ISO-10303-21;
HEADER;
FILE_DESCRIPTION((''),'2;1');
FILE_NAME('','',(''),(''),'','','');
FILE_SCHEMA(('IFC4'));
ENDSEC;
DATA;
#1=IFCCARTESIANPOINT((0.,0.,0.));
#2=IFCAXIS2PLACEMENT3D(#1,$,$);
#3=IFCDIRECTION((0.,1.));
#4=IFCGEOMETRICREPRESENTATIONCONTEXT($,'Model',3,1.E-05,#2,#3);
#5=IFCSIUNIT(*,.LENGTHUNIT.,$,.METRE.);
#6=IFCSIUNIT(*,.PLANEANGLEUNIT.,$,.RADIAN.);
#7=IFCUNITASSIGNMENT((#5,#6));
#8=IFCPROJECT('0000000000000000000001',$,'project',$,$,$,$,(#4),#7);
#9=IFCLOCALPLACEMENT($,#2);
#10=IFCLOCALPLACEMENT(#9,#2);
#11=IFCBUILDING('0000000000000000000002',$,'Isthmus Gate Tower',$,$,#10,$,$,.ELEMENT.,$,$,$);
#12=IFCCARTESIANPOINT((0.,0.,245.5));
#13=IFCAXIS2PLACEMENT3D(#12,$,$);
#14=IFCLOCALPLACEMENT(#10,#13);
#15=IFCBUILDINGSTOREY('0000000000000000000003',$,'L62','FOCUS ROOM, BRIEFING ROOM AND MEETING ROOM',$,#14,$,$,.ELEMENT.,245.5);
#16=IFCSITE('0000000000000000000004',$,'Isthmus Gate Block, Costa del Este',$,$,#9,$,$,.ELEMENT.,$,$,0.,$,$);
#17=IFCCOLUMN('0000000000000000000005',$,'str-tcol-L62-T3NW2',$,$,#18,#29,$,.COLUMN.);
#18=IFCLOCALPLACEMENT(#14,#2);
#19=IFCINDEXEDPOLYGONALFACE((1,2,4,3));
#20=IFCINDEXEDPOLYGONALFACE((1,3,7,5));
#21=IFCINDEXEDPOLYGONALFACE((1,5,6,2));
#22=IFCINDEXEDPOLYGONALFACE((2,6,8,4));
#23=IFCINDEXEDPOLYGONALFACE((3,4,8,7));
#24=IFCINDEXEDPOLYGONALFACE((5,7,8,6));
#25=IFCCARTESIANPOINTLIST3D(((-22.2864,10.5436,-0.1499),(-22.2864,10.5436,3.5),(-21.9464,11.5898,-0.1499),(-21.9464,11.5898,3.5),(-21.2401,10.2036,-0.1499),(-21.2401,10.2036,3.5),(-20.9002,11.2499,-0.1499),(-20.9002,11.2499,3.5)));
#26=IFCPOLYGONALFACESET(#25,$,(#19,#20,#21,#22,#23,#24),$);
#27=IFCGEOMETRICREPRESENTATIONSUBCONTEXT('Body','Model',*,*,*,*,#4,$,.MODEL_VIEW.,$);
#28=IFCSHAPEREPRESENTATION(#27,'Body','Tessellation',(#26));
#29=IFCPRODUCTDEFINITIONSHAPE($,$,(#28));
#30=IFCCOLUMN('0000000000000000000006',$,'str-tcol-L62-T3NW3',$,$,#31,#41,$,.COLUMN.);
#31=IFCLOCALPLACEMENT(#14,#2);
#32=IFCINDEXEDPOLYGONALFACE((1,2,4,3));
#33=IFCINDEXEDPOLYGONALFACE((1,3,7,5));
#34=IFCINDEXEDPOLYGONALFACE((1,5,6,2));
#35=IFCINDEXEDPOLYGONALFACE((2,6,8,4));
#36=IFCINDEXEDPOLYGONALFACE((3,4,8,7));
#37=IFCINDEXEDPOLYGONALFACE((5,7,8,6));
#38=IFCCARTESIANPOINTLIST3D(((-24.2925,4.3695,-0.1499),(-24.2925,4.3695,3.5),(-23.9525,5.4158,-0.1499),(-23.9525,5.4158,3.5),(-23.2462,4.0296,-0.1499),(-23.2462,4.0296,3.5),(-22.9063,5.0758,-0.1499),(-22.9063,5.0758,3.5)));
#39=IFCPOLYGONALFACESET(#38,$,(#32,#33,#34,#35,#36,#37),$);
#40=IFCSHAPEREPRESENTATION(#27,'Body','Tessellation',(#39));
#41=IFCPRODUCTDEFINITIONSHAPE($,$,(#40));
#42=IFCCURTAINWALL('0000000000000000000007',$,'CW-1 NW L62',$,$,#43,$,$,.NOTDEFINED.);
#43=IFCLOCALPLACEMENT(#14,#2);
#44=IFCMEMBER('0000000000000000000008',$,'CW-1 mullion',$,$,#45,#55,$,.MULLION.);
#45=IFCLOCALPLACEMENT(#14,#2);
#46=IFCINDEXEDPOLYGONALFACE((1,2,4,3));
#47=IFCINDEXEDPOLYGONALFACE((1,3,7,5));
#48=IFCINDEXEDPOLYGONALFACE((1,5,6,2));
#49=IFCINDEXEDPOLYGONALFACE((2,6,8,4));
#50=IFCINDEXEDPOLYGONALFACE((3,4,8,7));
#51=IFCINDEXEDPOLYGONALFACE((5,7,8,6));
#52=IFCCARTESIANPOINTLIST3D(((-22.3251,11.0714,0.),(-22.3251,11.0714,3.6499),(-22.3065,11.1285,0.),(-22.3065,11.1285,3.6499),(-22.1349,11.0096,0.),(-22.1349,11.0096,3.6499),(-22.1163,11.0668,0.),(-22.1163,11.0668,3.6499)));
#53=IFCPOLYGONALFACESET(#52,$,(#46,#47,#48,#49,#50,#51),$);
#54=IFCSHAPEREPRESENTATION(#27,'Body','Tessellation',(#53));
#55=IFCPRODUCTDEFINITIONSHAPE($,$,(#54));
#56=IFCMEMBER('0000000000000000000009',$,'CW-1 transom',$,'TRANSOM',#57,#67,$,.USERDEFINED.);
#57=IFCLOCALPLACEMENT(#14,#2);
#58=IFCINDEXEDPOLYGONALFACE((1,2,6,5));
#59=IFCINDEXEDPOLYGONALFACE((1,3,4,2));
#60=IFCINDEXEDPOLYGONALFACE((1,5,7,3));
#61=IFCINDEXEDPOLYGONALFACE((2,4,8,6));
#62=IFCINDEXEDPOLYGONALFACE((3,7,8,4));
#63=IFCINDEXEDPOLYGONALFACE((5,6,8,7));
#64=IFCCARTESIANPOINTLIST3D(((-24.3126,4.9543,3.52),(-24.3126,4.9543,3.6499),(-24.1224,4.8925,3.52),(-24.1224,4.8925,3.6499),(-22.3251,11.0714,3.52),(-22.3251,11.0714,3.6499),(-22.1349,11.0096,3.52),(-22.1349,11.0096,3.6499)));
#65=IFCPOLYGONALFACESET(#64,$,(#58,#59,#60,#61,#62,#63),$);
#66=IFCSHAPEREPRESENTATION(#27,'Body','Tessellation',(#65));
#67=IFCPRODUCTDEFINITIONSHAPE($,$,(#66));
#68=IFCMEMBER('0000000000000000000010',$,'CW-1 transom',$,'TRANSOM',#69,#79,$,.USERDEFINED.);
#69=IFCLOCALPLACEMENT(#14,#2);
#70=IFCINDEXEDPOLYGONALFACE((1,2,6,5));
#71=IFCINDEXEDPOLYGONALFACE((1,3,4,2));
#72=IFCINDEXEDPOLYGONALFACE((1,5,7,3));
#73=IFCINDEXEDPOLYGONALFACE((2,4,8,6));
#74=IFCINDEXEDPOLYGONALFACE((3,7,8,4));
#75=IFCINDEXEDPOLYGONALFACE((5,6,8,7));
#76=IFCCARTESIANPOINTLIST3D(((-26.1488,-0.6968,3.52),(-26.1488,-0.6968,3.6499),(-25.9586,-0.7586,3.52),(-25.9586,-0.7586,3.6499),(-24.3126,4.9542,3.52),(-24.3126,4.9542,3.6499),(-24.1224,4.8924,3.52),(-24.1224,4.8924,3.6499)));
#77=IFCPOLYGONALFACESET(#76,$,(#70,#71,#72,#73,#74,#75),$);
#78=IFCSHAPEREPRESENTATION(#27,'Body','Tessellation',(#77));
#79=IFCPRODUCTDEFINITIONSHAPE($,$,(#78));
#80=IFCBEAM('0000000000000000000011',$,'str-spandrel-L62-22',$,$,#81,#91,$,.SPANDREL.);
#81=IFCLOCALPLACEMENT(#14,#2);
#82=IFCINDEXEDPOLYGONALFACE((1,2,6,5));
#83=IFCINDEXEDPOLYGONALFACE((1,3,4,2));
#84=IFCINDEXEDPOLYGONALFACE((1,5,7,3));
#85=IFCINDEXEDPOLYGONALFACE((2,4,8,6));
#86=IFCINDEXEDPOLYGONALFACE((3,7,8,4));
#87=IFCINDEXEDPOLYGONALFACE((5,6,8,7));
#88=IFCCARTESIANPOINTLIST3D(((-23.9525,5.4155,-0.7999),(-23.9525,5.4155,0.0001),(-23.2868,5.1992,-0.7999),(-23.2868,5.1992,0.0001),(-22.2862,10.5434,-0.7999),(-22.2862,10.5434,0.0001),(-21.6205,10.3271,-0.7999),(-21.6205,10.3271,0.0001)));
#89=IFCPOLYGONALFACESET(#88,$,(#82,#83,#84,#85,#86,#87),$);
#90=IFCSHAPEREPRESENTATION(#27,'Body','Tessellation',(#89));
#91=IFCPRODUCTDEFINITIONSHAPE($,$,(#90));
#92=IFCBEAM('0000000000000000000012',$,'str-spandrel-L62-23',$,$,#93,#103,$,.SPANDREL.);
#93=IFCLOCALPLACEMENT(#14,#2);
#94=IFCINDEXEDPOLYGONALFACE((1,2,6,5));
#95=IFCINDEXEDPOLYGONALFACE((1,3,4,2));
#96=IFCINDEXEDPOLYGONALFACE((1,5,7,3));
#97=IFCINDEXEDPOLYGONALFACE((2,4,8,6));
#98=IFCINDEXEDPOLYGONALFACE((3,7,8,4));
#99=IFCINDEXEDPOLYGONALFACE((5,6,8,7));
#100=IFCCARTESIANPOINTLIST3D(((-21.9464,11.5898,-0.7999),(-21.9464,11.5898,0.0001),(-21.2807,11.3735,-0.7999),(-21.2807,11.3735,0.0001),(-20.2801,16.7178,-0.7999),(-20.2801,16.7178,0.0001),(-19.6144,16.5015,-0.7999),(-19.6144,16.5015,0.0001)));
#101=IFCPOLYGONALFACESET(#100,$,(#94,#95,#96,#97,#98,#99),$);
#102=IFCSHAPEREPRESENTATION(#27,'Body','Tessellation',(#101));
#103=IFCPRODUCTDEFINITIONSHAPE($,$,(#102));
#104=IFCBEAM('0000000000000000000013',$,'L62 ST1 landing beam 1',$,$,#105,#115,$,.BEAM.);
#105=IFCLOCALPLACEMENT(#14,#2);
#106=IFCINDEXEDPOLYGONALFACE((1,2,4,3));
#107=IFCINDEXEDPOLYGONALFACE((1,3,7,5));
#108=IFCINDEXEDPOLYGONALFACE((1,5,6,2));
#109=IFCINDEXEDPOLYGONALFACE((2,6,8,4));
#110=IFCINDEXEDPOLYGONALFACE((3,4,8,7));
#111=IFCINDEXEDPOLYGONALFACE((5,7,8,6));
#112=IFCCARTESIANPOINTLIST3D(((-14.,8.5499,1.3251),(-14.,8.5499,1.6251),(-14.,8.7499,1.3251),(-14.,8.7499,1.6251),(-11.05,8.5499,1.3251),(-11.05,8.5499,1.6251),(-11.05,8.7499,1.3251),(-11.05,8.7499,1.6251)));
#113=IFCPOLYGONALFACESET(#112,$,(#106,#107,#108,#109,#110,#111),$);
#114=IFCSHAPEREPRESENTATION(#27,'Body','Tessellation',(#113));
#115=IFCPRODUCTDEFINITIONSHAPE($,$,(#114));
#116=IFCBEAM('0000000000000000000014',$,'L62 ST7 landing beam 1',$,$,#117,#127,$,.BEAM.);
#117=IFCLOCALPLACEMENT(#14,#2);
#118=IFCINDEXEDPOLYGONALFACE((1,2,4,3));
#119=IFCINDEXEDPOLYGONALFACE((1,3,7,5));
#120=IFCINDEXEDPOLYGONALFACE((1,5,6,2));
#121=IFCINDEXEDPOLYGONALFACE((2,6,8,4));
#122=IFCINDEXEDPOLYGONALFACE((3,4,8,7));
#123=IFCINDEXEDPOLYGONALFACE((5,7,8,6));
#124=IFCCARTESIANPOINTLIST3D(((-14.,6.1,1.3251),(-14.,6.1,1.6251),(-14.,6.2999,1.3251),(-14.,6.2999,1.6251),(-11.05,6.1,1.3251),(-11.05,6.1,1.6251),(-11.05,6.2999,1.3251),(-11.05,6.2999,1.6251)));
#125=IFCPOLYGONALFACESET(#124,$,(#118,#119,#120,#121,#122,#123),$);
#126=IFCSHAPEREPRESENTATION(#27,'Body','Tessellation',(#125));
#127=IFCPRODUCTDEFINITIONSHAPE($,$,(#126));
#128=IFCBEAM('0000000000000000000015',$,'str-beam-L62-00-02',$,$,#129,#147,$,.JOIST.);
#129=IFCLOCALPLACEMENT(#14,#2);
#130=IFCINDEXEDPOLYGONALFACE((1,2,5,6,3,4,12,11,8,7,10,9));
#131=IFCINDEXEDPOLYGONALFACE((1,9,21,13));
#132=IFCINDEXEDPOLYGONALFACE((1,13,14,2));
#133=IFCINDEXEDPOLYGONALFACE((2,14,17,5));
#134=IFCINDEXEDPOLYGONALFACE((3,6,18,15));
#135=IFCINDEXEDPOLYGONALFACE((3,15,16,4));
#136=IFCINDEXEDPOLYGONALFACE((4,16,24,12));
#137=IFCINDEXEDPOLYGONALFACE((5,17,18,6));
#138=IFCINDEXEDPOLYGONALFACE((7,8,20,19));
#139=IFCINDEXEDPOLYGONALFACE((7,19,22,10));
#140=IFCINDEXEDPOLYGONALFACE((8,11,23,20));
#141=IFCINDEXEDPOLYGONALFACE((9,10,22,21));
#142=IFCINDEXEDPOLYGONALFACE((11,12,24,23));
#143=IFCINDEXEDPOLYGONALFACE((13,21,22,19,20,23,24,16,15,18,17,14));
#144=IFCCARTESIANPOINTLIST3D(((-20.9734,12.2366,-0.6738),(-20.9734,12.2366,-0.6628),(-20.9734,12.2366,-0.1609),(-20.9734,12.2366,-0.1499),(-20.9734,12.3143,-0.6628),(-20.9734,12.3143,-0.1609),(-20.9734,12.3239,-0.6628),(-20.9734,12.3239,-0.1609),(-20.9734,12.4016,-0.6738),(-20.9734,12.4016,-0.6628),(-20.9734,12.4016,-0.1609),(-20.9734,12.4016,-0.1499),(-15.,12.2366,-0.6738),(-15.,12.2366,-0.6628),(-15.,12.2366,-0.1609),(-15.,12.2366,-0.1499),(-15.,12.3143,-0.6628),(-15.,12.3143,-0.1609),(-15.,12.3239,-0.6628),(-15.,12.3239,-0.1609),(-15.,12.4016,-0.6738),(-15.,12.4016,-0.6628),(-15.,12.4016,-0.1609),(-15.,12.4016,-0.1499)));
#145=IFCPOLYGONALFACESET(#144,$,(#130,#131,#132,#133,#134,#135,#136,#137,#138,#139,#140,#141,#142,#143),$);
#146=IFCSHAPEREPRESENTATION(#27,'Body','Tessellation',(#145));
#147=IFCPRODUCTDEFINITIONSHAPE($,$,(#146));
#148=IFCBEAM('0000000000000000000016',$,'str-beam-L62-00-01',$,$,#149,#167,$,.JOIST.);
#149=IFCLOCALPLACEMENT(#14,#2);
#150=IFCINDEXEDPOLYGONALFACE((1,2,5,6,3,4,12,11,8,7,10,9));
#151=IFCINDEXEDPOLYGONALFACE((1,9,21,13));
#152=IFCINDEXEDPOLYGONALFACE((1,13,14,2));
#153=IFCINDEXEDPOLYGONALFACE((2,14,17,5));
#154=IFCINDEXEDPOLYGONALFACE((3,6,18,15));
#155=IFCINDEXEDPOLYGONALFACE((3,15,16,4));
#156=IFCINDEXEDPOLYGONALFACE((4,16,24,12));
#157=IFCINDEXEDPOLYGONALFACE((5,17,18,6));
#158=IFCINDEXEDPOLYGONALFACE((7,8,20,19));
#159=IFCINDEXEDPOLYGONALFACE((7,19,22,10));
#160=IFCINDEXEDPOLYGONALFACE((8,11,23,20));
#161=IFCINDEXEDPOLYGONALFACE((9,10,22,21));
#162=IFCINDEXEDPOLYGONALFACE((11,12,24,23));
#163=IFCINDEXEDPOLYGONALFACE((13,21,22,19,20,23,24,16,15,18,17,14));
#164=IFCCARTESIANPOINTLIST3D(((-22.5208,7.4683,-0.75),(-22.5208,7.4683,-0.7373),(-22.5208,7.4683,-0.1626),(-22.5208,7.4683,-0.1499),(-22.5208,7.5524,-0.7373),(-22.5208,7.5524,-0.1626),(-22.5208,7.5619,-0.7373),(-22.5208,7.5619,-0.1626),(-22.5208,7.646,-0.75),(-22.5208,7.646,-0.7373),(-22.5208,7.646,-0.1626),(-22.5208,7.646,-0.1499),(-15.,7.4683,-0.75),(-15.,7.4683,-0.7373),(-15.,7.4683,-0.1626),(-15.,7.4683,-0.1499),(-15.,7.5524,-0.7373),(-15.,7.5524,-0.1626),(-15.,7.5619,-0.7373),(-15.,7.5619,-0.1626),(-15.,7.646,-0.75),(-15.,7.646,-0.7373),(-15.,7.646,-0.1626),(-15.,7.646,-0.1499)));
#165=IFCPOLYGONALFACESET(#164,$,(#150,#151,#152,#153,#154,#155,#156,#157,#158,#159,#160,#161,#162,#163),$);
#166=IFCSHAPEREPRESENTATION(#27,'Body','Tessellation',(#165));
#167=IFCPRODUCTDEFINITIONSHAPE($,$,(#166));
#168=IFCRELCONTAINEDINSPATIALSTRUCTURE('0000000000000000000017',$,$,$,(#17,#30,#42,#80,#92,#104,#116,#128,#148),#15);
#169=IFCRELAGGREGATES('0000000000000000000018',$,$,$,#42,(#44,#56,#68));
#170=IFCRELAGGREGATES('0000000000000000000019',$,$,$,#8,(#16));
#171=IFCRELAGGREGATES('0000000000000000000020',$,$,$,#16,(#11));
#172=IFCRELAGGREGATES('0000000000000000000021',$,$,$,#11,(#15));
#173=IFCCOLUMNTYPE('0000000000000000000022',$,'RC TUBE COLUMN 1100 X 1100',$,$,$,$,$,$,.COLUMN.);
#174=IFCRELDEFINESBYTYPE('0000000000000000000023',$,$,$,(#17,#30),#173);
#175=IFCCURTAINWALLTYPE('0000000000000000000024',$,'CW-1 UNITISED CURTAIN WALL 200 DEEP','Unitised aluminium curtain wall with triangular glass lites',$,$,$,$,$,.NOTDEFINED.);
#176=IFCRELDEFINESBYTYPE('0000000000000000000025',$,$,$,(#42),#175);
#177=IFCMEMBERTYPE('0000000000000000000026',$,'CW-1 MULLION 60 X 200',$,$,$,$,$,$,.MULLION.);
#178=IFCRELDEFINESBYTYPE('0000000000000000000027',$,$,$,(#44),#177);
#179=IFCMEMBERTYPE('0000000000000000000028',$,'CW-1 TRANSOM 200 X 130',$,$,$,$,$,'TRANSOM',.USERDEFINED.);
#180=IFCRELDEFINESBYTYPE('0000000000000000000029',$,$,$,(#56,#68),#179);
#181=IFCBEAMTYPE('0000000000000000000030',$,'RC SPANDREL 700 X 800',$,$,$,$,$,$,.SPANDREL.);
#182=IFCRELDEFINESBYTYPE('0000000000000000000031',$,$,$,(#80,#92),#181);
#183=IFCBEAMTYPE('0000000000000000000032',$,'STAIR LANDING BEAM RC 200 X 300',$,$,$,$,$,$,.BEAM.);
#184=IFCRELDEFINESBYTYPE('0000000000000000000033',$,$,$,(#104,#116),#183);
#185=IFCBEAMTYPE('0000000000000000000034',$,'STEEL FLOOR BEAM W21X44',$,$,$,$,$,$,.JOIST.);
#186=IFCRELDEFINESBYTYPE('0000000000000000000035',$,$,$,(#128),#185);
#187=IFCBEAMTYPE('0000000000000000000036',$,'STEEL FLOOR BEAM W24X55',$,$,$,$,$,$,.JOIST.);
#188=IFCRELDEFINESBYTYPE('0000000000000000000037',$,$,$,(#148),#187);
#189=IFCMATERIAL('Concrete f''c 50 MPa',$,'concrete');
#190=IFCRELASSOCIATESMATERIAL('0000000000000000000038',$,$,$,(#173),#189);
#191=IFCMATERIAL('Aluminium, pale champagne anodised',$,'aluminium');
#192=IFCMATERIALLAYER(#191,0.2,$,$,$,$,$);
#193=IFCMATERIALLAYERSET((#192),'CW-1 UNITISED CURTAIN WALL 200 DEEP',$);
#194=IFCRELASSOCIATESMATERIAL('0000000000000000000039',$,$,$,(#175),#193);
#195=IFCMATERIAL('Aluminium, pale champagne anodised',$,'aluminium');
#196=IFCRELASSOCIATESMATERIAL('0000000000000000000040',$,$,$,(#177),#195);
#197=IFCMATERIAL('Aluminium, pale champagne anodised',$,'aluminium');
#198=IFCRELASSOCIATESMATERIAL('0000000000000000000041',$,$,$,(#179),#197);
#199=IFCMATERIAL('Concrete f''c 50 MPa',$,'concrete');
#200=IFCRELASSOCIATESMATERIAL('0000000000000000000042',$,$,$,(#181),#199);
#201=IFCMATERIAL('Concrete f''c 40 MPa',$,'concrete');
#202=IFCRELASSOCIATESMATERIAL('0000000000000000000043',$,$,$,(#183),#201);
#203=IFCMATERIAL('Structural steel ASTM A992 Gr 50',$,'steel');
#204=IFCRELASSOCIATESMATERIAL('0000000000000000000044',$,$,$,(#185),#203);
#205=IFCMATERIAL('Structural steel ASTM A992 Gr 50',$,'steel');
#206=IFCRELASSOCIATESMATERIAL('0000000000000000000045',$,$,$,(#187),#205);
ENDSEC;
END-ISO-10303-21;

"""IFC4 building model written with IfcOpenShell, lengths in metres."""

from ifc_helpers import new_model, si_unit, direction, frame, origin, origin_2d, place, context, subcontext, project, spatial, rectangle, i_section, extrude, material, layer, layer_set, material_profile, profile_set, type_object, element, aggregate, save


model = new_model("IFC4")

# Units and contexts
model_context = context("Model", 3, precision=1e-05, world=origin(), true_north=direction((0.0, 1.0)))
body_context = subcontext(model_context, "Body", "Model", "MODEL_VIEW")
ifc_project = project(units=[si_unit("LENGTHUNIT", "METRE"), si_unit("PLANEANGLEUNIT", "RADIAN")], contexts=[model_context])

# Site, building, storey
site_placement = place(None, origin())
site = spatial("IfcSite", under=ifc_project, at=site_placement, Name="Isthmus Gate Block, Costa del Este", CompositionType="ELEMENT", RefElevation=0.0)
building_placement = place(site_placement, origin())
building = spatial("IfcBuilding", under=site, at=building_placement, Name="Isthmus Gate Tower", CompositionType="ELEMENT")
storey_placement = place(building_placement, frame((0.0, 0.0, 245.5)))
storey = spatial("IfcBuildingStorey", under=building, at=storey_placement, Name="L62", Description="FOCUS ROOM, BRIEFING ROOM AND MEETING ROOM", CompositionType="ELEMENT", Elevation=245.5)

# Columns
ifc_material_1 = material(Name="Concrete f'c 50 MPa", Category="concrete")
ifc_material_profile_1 = material_profile(ifc_material_1, rectangle(XDim=1.1001, YDim=1.1001, at=origin_2d()), Name="RC 1100X1100")
ifc_profile_set_1 = profile_set([ifc_material_profile_1], Name="Concrete f'c 50 MPa")
column_type = type_object("IfcColumnType", Name="RC TUBE COLUMN 1100 X 1100", PredefinedType="COLUMN", material=ifc_profile_set_1)
for number, where, z_axis, x_axis, name in (
    (1, (-21.5933, 10.8967, -0.1499), (0.0, 0.0, 1.0), (-0.309017, -0.951057, 0.0), "str-tcol-L62-T3NW2"),
    (2, (-23.5994, 4.7227, -0.1499), (0.0, 0.0, 1.0), (-0.309017, -0.951057, 0.0), "str-tcol-L62-T3NW3"),
):
    element("IfcColumn", number, at=place(storey_placement, frame(where, z_axis=z_axis, x_axis=x_axis)), inside=storey, type_object=column_type, Name=name, PredefinedType="COLUMN", context=body_context, shape_type="SweptSolid", body=[
        extrude(rectangle(XDim=1.1001, YDim=1.1001, at=origin_2d()), origin(), (0.0, 0.0, 1.0), 3.6499),
    ])

# Curtain wall, members
ifc_material_2 = material(Name="Aluminium, pale champagne anodised", Category="aluminium")
ifc_layer_1 = layer(ifc_material_2, 0.2)
ifc_layer_set_1 = layer_set([ifc_layer_1], Name="CW-1 UNITISED CURTAIN WALL 200 DEEP")
curtain_wall_type = type_object("IfcCurtainWallType", Name="CW-1 UNITISED CURTAIN WALL 200 DEEP", Description="Unitised aluminium curtain wall with triangular glass lites", PredefinedType="NOTDEFINED", material=ifc_layer_set_1)
curtain_wall_placement = place(storey_placement, origin())
curtain_wall = element("IfcCurtainWall", 3, at=curtain_wall_placement, inside=storey, type_object=curtain_wall_type, Name="CW-1 NW L62", PredefinedType="NOTDEFINED")
ifc_material_3 = material(Name="Aluminium, pale champagne anodised", Category="aluminium")
ifc_material_profile_2 = material_profile(ifc_material_3, rectangle(XDim=0.0601, YDim=0.2, at=origin_2d()), Name="60x200")
ifc_profile_set_2 = profile_set([ifc_material_profile_2], Name="Aluminium, pale champagne anodised")
member_type_1 = type_object("IfcMemberType", Name="CW-1 MULLION 60 X 200", PredefinedType="MULLION", material=ifc_profile_set_2)
member_1_placement = place(storey_placement, frame((-22.2207, 11.0691, 0.0), z_axis=(0.0, 0.0, 1.0), x_axis=(-0.309017, -0.951057, 0.0)))
member_1 = element("IfcMember", 4, at=member_1_placement, type_object=member_type_1, Name="CW-1 mullion", PredefinedType="MULLION", context=body_context, shape_type="SweptSolid", body=[
    extrude(rectangle(XDim=0.0601, YDim=0.2, at=origin_2d()), origin(), (0.0, 0.0, 1.0), 3.6499),
])
ifc_material_4 = material(Name="Aluminium, pale champagne anodised", Category="aluminium")
ifc_material_profile_3 = material_profile(ifc_material_4, rectangle(XDim=0.2, YDim=0.1299, at=origin_2d()), Name="200x130")
ifc_profile_set_3 = profile_set([ifc_material_profile_3], Name="Aluminium, pale champagne anodised")
member_type_2 = type_object("IfcMemberType", Name="CW-1 TRANSOM 200 X 130", ElementType="TRANSOM", PredefinedType="USERDEFINED", material=ifc_profile_set_3)
member_2_placement = place(storey_placement, frame((-22.23, 11.0405, 3.585), z_axis=(-0.309011, -0.951059, 0.0), x_axis=(0.951059, -0.309011, 0.0)))
member_2 = element("IfcMember", 5, at=member_2_placement, type_object=member_type_2, Name="CW-1 transom", ObjectType="TRANSOM", PredefinedType="USERDEFINED", context=body_context, shape_type="SweptSolid", body=[
    extrude(rectangle(XDim=0.2, YDim=0.1299, at=origin_2d()), origin(), (0.0, 0.0, 1.0), 6.4319),
])
member_3_placement = place(storey_placement, frame((-24.2175, 4.9233, 3.585), z_axis=(-0.30902, -0.951056, 0.0), x_axis=(0.951056, -0.30902, 0.0)))
member_3 = element("IfcMember", 6, at=member_3_placement, type_object=member_type_2, Name="CW-1 transom", ObjectType="TRANSOM", PredefinedType="USERDEFINED", context=body_context, shape_type="SweptSolid", body=[
    extrude(rectangle(XDim=0.2, YDim=0.1299, at=origin_2d()), origin(), (0.0, 0.0, 1.0), 5.9419),
])

# Beams
ifc_material_5 = material(Name="Concrete f'c 50 MPa", Category="concrete")
ifc_material_profile_4 = material_profile(ifc_material_5, rectangle(XDim=0.7, YDim=0.8, at=origin_2d()), Name="RC 700X800")
ifc_profile_set_4 = profile_set([ifc_material_profile_4], Name="Concrete f'c 50 MPa")
beam_type_1 = type_object("IfcBeamType", Name="RC SPANDREL 700 X 800", PredefinedType="SPANDREL", material=ifc_profile_set_4)
for number, where, z_axis, x_axis, name in (
    (7, (-23.6196, 5.3074, -0.3999), (0.309033, 0.951051, 0.0), (-0.951051, 0.309033, 0.0), "str-spandrel-L62-22"),
    (8, (-21.6135, 11.4817, -0.3999), (0.309033, 0.951051, 0.0), (-0.951051, 0.309033, 0.0), "str-spandrel-L62-23"),
):
    element("IfcBeam", number, at=place(storey_placement, frame(where, z_axis=z_axis, x_axis=x_axis)), inside=storey, type_object=beam_type_1, Name=name, PredefinedType="SPANDREL", context=body_context, shape_type="SweptSolid", body=[
        extrude(rectangle(XDim=0.7, YDim=0.8, at=origin_2d()), origin(), (0.0, 0.0, 1.0), 5.3918),
    ])
ifc_material_6 = material(Name="Concrete f'c 40 MPa", Category="concrete")
ifc_material_profile_5 = material_profile(ifc_material_6, rectangle(XDim=0.2, YDim=0.3, at=origin_2d()), Name="STAIR LANDING BEAM RC 200 X 300")
ifc_profile_set_5 = profile_set([ifc_material_profile_5], Name="Concrete f'c 40 MPa")
beam_type_2 = type_object("IfcBeamType", Name="STAIR LANDING BEAM RC 200 X 300", PredefinedType="BEAM", material=ifc_profile_set_5)
for number, where, z_axis, x_axis, name in (
    (9, (-14.0, 8.6499, 1.4751), (1.0, 0.0, 0.0), (0.0, 1.0, 0.0), "L62 ST1 landing beam 1"),
    (10, (-14.0, 6.2, 1.4751), (1.0, 0.0, 0.0), (0.0, 1.0, 0.0), "L62 ST7 landing beam 1"),
):
    element("IfcBeam", number, at=place(storey_placement, frame(where, z_axis=z_axis, x_axis=x_axis)), inside=storey, type_object=beam_type_2, Name=name, PredefinedType="BEAM", context=body_context, shape_type="SweptSolid", body=[
        extrude(rectangle(XDim=0.2, YDim=0.3, at=origin_2d()), origin(), (0.0, 0.0, 1.0), 2.95),
    ])
ifc_material_7 = material(Name="Structural steel ASTM A992 Gr 50", Category="steel")
ifc_material_profile_6 = material_profile(ifc_material_7, i_section(OverallWidth=0.165, OverallDepth=0.5239, WebThickness=0.0095, FlangeThickness=0.011, at=origin_2d()), Name="W21X44")
ifc_profile_set_6 = profile_set([ifc_material_profile_6], Name="Structural steel ASTM A992 Gr 50")
beam_type_3 = type_object("IfcBeamType", Name="STEEL FLOOR BEAM W21X44", PredefinedType="JOIST", material=ifc_profile_set_6)
beam_1_placement = place(storey_placement, frame((-20.9734, 12.3191, -0.4119), z_axis=(1.0, 0.0, 0.0), x_axis=(0.0, 1.0, 0.0)))
element("IfcBeam", 11, at=beam_1_placement, inside=storey, type_object=beam_type_3, Name="str-beam-L62-00-02", PredefinedType="JOIST", context=body_context, shape_type="SweptSolid", body=[
    extrude(i_section(OverallWidth=0.165, OverallDepth=0.5239, WebThickness=0.0095, FlangeThickness=0.011, at=origin_2d()), origin(), (0.0, 0.0, 1.0), 5.9734),
])
ifc_material_8 = material(Name="Structural steel ASTM A992 Gr 50", Category="steel")
ifc_material_profile_7 = material_profile(ifc_material_8, i_section(OverallWidth=0.1777, OverallDepth=0.6001, WebThickness=0.0095, FlangeThickness=0.0127, at=origin_2d()), Name="W24X55")
ifc_profile_set_7 = profile_set([ifc_material_profile_7], Name="Structural steel ASTM A992 Gr 50")
beam_type_4 = type_object("IfcBeamType", Name="STEEL FLOOR BEAM W24X55", PredefinedType="JOIST", material=ifc_profile_set_7)
beam_2_placement = place(storey_placement, frame((-22.5208, 7.5571, -0.45), z_axis=(1.0, 0.0, 0.0), x_axis=(0.0, 1.0, 0.0)))
element("IfcBeam", 12, at=beam_2_placement, inside=storey, type_object=beam_type_4, Name="str-beam-L62-00-01", PredefinedType="JOIST", context=body_context, shape_type="SweptSolid", body=[
    extrude(i_section(OverallWidth=0.1777, OverallDepth=0.6001, WebThickness=0.0095, FlangeThickness=0.0127, at=origin_2d()), origin(), (0.0, 0.0, 1.0), 7.5208),
])

aggregate(curtain_wall, [member_1, member_2, member_3])

save(model, "model.ifc")
